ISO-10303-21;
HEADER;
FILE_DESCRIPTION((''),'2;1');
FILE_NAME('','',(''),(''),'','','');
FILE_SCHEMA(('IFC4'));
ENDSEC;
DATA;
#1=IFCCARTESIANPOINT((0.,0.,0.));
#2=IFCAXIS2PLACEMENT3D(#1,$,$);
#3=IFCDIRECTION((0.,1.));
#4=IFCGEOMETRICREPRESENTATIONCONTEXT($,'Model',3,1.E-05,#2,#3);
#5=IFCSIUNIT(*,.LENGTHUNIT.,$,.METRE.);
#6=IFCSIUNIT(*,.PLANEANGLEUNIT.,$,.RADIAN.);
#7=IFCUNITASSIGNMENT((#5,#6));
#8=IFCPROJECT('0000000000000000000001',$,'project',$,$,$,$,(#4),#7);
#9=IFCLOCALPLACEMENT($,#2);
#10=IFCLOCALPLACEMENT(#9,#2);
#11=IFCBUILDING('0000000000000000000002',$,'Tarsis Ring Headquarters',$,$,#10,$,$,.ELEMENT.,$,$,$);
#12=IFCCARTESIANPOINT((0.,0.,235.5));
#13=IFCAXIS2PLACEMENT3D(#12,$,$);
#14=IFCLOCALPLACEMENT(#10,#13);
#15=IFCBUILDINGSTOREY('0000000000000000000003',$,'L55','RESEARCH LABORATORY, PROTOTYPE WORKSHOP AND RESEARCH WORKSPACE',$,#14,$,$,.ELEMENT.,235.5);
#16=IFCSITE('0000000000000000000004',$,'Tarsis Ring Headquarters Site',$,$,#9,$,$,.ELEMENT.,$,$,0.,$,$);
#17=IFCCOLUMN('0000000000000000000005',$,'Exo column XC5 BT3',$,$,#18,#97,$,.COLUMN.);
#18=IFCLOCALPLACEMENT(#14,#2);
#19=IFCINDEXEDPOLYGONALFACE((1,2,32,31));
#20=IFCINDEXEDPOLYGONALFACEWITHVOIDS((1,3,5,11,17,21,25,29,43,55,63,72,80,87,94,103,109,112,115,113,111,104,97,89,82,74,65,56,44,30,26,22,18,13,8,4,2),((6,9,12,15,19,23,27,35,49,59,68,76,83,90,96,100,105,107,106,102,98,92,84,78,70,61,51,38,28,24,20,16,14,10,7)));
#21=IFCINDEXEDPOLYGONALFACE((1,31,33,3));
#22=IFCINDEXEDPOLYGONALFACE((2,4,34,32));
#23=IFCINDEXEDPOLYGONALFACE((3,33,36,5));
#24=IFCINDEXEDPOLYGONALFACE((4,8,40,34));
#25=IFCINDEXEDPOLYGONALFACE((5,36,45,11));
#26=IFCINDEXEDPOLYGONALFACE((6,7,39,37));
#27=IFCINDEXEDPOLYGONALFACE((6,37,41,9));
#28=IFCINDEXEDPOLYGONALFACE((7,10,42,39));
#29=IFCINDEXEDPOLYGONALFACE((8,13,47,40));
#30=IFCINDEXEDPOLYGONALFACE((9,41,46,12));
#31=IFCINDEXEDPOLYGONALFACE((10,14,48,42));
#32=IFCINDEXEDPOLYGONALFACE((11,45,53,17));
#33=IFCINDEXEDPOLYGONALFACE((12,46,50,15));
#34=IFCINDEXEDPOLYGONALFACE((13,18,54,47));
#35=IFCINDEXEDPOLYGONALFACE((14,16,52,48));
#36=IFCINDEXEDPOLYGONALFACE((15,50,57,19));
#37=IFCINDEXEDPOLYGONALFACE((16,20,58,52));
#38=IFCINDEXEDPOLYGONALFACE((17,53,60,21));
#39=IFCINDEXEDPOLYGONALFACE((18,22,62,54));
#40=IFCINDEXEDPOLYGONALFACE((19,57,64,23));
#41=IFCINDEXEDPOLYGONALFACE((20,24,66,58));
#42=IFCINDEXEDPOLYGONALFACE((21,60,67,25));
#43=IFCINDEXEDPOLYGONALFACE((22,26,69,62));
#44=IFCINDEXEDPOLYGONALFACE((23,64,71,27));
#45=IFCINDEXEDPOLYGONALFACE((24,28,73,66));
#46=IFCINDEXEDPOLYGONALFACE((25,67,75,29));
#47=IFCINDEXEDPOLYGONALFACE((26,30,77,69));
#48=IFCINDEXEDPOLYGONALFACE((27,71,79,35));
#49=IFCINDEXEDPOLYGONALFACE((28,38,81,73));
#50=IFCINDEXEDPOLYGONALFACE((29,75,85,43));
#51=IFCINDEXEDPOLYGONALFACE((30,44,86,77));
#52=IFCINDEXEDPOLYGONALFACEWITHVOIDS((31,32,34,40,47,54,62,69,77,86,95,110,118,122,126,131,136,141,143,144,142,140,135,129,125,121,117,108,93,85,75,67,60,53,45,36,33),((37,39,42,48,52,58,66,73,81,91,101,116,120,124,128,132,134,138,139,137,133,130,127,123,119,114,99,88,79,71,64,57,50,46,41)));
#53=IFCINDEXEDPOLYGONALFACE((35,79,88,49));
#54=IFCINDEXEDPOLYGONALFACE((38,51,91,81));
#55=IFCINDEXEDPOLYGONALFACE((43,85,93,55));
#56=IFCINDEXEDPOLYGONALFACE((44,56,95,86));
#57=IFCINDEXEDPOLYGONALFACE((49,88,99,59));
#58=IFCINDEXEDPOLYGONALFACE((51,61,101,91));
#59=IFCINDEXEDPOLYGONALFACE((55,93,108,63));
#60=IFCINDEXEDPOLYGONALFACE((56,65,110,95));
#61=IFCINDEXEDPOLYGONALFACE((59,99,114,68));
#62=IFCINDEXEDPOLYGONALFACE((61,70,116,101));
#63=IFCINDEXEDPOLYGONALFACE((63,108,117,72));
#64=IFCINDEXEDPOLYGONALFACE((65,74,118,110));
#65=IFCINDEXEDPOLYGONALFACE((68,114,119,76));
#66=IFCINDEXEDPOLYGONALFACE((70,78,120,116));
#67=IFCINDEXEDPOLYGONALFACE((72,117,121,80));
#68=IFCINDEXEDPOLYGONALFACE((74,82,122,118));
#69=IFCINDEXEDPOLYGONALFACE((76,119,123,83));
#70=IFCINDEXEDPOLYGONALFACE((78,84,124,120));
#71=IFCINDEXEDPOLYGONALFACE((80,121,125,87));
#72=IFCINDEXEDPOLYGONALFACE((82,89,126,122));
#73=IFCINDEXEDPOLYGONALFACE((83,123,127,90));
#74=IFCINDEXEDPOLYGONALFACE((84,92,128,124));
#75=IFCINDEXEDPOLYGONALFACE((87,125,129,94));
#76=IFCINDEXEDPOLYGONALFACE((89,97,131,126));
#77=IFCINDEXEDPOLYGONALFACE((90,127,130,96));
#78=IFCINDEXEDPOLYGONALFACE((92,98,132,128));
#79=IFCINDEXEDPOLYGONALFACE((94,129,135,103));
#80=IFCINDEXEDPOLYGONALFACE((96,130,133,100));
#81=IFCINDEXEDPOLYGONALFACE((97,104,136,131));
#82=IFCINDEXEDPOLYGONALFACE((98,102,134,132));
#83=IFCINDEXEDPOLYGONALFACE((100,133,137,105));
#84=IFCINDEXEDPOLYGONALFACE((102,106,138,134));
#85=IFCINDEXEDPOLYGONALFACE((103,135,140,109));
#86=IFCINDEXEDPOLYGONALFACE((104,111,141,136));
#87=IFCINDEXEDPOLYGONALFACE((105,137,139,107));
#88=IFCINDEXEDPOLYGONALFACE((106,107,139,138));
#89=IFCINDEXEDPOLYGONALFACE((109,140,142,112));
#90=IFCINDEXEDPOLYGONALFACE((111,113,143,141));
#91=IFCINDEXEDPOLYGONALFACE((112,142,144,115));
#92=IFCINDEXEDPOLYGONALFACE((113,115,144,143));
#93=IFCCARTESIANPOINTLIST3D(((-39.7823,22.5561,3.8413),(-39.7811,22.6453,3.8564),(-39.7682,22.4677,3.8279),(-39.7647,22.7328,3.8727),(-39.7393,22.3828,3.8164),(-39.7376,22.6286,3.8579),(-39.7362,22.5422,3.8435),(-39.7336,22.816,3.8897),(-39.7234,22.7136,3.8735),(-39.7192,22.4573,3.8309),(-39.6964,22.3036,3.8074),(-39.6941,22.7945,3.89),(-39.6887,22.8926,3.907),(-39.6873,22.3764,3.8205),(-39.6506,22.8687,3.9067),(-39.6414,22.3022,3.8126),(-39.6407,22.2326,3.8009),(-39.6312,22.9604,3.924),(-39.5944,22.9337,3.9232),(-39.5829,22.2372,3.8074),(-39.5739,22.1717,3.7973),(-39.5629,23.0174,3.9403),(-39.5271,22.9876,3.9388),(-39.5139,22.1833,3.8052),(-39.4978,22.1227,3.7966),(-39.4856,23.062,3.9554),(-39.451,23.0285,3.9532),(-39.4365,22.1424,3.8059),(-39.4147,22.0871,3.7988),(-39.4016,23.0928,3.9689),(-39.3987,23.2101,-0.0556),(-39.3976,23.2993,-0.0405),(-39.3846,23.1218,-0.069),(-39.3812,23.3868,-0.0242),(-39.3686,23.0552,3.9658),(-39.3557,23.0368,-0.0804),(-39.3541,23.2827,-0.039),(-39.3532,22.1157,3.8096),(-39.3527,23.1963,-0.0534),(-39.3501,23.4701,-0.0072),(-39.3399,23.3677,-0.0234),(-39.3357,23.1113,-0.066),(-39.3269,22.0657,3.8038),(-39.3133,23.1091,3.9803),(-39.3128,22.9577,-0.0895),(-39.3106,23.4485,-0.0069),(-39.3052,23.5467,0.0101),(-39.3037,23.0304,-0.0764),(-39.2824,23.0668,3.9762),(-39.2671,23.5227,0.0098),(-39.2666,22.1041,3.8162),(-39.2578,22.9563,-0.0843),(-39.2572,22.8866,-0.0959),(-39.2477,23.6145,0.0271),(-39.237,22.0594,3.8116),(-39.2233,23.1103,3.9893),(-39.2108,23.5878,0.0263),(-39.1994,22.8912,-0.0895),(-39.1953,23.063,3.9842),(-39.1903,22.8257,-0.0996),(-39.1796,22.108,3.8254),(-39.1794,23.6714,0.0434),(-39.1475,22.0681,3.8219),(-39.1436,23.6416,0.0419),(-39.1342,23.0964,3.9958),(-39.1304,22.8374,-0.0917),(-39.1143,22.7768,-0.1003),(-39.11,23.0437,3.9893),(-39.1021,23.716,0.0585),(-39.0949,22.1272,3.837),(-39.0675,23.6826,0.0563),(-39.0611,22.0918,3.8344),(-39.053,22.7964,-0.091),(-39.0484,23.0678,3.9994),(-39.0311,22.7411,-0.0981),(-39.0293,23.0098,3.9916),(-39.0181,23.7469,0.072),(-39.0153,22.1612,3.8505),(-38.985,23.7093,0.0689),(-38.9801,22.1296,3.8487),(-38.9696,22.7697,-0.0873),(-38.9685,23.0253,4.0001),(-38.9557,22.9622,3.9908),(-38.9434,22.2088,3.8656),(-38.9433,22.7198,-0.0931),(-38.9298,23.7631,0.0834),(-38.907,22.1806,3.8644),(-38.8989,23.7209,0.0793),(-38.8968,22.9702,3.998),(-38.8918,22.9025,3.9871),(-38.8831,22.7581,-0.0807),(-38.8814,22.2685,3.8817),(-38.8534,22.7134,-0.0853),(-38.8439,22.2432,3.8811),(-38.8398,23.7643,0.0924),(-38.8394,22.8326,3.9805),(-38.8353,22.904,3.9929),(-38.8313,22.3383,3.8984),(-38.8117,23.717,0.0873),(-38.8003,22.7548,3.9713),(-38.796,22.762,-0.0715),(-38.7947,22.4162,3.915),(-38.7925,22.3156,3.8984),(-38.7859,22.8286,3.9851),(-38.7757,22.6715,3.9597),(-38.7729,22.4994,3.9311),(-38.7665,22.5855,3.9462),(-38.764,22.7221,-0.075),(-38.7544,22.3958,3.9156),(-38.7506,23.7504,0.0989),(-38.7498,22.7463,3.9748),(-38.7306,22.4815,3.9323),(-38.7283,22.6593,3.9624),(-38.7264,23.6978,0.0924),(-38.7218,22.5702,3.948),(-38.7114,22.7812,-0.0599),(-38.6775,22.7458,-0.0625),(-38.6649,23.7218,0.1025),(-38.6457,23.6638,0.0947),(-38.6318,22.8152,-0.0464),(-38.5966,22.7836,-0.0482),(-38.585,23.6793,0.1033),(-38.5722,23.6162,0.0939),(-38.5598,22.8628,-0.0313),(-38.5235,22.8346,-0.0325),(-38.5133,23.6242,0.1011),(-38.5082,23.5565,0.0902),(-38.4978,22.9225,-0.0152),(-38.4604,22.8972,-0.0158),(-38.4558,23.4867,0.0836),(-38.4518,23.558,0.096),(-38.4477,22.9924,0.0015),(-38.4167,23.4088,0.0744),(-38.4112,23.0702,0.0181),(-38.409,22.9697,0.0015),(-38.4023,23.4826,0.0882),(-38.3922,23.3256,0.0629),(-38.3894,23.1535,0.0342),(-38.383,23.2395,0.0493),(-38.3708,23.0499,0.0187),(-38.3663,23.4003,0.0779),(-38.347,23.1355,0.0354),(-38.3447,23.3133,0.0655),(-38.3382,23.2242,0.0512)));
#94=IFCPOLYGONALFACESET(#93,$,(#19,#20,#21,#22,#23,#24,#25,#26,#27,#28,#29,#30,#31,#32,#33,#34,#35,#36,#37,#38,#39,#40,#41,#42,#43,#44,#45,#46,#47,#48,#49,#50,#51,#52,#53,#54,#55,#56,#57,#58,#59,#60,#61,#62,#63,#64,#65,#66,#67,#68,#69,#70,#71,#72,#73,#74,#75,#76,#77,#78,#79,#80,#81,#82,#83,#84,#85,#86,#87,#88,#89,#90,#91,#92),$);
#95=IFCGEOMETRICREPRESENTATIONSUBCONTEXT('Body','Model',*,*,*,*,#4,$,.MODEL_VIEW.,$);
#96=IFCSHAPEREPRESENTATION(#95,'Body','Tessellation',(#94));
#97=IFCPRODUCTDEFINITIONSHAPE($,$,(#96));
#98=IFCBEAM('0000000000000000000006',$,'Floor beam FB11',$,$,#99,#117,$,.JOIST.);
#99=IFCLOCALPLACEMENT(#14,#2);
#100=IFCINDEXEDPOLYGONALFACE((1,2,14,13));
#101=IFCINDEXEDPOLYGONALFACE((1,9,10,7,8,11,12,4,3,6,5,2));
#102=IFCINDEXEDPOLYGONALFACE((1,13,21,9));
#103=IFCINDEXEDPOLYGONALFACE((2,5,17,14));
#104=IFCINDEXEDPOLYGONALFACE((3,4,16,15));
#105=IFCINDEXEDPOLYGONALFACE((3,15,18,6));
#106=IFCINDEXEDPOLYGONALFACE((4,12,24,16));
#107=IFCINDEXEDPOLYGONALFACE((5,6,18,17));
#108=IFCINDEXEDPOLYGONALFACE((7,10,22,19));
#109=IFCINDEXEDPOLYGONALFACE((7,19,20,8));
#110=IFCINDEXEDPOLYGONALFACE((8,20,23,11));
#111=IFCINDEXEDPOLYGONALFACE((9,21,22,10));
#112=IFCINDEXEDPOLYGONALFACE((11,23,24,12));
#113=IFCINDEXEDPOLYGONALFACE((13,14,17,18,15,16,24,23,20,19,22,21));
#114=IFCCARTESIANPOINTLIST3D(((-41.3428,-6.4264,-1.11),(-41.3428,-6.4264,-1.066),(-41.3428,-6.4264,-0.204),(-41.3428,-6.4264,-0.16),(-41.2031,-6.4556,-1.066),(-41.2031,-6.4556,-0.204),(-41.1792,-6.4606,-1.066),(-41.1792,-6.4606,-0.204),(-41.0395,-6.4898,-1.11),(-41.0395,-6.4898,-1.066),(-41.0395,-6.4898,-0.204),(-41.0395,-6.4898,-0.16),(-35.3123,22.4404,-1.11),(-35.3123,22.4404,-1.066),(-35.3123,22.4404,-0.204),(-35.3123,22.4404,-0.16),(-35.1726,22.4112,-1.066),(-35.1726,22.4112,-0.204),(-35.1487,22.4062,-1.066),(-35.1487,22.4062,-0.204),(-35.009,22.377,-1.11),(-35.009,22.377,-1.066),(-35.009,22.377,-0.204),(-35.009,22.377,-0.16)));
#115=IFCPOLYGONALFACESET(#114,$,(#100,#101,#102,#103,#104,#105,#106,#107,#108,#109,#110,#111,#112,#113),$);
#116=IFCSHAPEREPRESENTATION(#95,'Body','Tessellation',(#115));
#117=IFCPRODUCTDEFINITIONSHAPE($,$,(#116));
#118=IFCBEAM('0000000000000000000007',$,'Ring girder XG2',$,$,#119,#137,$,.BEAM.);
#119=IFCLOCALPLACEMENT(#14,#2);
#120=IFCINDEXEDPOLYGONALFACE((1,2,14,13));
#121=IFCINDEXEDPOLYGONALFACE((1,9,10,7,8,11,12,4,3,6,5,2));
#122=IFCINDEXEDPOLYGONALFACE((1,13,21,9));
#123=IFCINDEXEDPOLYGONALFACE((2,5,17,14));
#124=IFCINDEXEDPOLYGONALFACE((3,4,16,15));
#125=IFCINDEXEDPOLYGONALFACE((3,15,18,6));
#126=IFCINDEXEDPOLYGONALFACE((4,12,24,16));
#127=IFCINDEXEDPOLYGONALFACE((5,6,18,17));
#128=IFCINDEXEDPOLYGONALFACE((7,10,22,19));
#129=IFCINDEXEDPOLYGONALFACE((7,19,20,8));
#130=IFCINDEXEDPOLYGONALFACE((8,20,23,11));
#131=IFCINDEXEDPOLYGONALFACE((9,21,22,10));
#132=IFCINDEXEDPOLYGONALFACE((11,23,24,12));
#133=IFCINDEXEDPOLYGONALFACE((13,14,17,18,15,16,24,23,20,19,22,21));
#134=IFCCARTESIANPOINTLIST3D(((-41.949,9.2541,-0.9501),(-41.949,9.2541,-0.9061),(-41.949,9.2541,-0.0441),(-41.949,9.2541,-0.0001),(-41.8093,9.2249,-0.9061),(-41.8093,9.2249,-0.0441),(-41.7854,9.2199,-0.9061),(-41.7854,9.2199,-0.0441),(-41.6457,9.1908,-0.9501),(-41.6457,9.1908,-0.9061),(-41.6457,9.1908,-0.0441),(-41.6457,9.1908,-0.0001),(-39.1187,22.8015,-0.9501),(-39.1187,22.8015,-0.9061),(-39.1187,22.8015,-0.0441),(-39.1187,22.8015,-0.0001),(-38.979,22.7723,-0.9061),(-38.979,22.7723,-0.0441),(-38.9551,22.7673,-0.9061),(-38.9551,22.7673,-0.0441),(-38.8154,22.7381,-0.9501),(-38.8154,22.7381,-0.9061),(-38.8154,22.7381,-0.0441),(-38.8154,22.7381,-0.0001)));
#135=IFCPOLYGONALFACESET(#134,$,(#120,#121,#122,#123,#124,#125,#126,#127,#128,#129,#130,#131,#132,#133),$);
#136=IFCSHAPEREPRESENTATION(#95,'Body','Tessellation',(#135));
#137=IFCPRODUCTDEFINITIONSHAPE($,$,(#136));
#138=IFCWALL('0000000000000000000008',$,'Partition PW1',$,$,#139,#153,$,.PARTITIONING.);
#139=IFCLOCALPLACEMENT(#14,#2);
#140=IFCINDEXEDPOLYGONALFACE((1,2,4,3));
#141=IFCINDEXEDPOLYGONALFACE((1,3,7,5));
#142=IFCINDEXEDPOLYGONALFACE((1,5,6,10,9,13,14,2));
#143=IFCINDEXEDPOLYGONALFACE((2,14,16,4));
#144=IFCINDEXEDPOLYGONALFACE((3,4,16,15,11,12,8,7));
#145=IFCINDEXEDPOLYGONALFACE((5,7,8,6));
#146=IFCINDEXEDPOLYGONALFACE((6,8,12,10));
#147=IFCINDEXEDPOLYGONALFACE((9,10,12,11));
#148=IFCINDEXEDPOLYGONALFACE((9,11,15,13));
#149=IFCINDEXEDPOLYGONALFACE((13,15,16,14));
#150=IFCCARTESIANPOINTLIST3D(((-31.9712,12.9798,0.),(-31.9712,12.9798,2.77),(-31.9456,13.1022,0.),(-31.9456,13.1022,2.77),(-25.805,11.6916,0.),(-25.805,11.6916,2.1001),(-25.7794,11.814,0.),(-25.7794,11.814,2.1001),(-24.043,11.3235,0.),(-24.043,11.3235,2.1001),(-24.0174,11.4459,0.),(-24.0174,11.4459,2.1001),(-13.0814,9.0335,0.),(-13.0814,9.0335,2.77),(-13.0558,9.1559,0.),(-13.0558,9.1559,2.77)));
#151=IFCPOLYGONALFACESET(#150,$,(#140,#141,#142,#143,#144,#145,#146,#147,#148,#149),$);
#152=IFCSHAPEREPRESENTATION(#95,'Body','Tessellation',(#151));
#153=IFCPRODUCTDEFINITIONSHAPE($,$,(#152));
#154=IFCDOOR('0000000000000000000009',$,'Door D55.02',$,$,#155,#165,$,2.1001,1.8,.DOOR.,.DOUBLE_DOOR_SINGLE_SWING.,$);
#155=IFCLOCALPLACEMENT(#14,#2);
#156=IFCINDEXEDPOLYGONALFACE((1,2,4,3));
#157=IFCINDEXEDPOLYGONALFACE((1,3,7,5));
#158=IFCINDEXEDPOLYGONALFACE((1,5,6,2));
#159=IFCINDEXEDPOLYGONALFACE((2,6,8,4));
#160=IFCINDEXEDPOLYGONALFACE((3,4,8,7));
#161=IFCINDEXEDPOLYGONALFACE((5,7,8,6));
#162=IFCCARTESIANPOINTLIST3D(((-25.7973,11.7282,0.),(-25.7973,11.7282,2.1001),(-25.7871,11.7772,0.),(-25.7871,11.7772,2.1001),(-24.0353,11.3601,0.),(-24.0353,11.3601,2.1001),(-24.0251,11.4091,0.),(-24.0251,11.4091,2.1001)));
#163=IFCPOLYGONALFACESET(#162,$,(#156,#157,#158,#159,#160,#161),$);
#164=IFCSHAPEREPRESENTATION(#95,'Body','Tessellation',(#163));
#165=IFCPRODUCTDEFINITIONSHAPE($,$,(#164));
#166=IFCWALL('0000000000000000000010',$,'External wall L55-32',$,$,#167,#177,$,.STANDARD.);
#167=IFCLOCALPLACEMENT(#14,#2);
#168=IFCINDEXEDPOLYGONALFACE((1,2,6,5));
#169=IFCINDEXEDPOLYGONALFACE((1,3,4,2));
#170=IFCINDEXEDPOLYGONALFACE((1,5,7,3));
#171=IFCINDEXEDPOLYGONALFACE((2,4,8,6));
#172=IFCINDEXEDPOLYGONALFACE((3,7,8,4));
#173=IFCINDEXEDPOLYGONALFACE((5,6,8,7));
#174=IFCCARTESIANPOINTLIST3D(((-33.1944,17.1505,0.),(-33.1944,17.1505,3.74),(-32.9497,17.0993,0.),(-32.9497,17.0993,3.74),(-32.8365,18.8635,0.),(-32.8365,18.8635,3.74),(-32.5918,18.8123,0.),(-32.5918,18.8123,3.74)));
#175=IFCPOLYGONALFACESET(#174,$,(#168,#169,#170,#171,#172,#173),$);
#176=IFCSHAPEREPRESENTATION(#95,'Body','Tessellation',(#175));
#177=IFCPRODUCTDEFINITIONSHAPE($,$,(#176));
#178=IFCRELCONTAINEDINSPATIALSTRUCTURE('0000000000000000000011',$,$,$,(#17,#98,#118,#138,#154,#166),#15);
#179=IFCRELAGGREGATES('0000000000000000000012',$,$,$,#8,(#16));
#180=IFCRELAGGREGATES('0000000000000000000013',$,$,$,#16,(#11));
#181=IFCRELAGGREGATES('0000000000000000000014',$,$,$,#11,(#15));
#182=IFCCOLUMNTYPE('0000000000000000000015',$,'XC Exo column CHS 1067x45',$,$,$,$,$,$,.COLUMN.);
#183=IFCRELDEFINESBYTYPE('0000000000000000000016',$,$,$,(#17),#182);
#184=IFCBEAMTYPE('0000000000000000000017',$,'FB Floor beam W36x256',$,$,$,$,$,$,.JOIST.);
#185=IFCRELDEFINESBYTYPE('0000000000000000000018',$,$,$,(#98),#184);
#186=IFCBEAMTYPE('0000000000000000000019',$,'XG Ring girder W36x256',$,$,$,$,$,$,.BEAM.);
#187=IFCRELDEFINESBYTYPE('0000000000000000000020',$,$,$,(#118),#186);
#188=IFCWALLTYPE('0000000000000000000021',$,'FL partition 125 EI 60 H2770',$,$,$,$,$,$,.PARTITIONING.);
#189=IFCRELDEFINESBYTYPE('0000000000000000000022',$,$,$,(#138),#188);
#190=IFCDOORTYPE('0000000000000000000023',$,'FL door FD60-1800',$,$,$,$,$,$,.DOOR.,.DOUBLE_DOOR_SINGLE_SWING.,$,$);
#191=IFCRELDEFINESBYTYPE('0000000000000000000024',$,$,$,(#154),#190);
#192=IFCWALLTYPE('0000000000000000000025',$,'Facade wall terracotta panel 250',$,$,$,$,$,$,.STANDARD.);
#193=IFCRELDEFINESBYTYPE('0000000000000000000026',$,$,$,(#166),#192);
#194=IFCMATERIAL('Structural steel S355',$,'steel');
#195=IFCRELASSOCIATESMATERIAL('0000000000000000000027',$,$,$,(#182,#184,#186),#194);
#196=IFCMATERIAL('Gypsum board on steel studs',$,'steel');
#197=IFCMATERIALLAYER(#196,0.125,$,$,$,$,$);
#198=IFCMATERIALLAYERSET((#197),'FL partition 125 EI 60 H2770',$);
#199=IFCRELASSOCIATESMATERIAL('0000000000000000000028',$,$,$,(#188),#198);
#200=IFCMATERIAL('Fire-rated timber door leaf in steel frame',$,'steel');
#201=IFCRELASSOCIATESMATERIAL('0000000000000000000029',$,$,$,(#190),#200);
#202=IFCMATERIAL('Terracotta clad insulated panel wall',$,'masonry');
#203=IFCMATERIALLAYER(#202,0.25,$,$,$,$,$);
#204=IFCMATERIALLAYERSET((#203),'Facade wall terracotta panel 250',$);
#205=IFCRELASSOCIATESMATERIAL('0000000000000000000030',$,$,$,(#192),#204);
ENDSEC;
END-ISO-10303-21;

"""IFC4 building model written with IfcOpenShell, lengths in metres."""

from ifc_helpers import new_model, si_unit, direction, frame, frame_2d, origin, origin_2d, place, context, subcontext, project, spatial, rectangle, hollow_circle, i_section, extrude, material, layer, layer_set, material_profile, profile_set, type_object, element, fill, save


model = new_model("IFC4")

# Units and contexts
model_context = context("Model", 3, precision=1e-05, world=origin(), true_north=direction((0.0, 1.0)))
body_context = subcontext(model_context, "Body", "Model", "MODEL_VIEW")
ifc_project = project(units=[si_unit("LENGTHUNIT", "METRE"), si_unit("PLANEANGLEUNIT", "RADIAN")], contexts=[model_context])

# Site, building, storey
site_placement = place(None, origin())
site = spatial("IfcSite", under=ifc_project, at=site_placement, Name="Tarsis Ring Headquarters Site", CompositionType="ELEMENT", RefElevation=0.0)
building_placement = place(site_placement, origin())
building = spatial("IfcBuilding", under=site, at=building_placement, Name="Tarsis Ring Headquarters", CompositionType="ELEMENT")
storey_placement = place(building_placement, frame((0.0, 0.0, 235.5)))
storey = spatial("IfcBuildingStorey", under=building, at=storey_placement, Name="L55", Description="RESEARCH LABORATORY, PROTOTYPE WORKSHOP AND RESEARCH WORKSPACE", CompositionType="ELEMENT", Elevation=235.5)

# Column
ifc_material_1 = material(Name="Structural steel S355", Category="steel")
ifc_material_profile_1 = material_profile(ifc_material_1, hollow_circle(Radius=0.5334, WallThickness=0.0449, at=origin_2d()), Name="CHS 1067x45")
ifc_profile_set_1 = profile_set([ifc_material_profile_1], Name="Structural steel S355")
column_type = type_object("IfcColumnType", Name="XC Exo column CHS 1067x45", PredefinedType="COLUMN", material=ifc_profile_set_1)
column_placement = place(storey_placement, frame((-38.8691, 23.2395, 0.0015), z_axis=(-0.09661, -0.164747, 0.981593), x_axis=(0.86262, -0.505852, 0.0)))
element("IfcColumn", 1, at=column_placement, inside=storey, type_object=column_type, Name="Exo column XC5 BT3", PredefinedType="COLUMN", context=body_context, shape_type="SweptSolid", body=[
    extrude(hollow_circle(Radius=0.5334, WallThickness=0.0449, at=origin_2d()), origin(), (0.0, 0.0, 1.0), 3.97),
])

# Beams
ifc_material_profile_2 = material_profile(ifc_material_1, i_section(OverallWidth=0.3098, OverallDepth=0.95, WebThickness=0.0244, FlangeThickness=0.0439, at=origin_2d()), Name="W36x256")
ifc_profile_set_2 = profile_set([ifc_material_profile_2], Name="Structural steel S355")
beam_type_1 = type_object("IfcBeamType", Name="FB Floor beam W36x256", PredefinedType="JOIST", material=ifc_profile_set_2)
beam_1_placement = place(storey_placement, frame((-35.1606, 22.4087, -0.635), z_axis=(-0.204494, -0.978868, 0.0), x_axis=(0.978868, -0.204494, 0.0)))
element("IfcBeam", 2, at=beam_1_placement, inside=storey, type_object=beam_type_1, Name="Floor beam FB11", PredefinedType="JOIST", context=body_context, shape_type="SweptSolid", body=[
    extrude(i_section(OverallWidth=0.3098, OverallDepth=0.95, WebThickness=0.0244, FlangeThickness=0.0439, at=origin_2d()), origin(), (0.0, 0.0, 1.0), 29.49),
])
beam_type_2 = type_object("IfcBeamType", Name="XG Ring girder W36x256", PredefinedType="BEAM", material=ifc_profile_set_2)
beam_2_placement = place(storey_placement, frame((-38.967, 22.7698, -0.4751), z_axis=(-0.204505, -0.978865, 0.0), x_axis=(0.978865, -0.204505, 0.0)))
element("IfcBeam", 3, at=beam_2_placement, inside=storey, type_object=beam_type_2, Name="Ring girder XG2", PredefinedType="BEAM", context=body_context, shape_type="SweptSolid", body=[
    extrude(i_section(OverallWidth=0.3098, OverallDepth=0.95, WebThickness=0.0244, FlangeThickness=0.0439, at=origin_2d()), origin(), (0.0, 0.0, 1.0), 13.8398),
])

# Wall, opening, door
ifc_material_2 = material(Name="Gypsum board on steel studs", Category="steel")
ifc_layer_1 = layer(ifc_material_2, 0.125)
ifc_layer_set_1 = layer_set([ifc_layer_1], Name="FL partition 125 EI 60 H2770")
wall_type_1 = type_object("IfcWallType", Name="FL partition 125 EI 60 H2770", PredefinedType="PARTITIONING", material=ifc_layer_set_1)
wall_1_placement = place(storey_placement, frame((-31.9585, 13.041, 0.0), z_axis=(0.0, 0.0, 1.0), x_axis=(0.978868, -0.204495, 0.0)))
wall_1 = element("IfcWall", 4, at=wall_1_placement, inside=storey, type_object=wall_type_1, Name="Partition PW1", PredefinedType="PARTITIONING", context=body_context, shape_type="SweptSolid", body=[
    extrude(rectangle(XDim=19.2976, YDim=0.125, at=frame_2d((9.6489, 0.0))), origin(), (0.0, 0.0, 1.0), 2.77),
])
opening_1_placement = place(wall_1_placement, frame((6.2996, 0.0, 0.0)))
opening_1 = element("IfcOpeningElement", 5, at=opening_1_placement, cuts=wall_1, PredefinedType="OPENING", context=body_context, shape_type="SweptSolid", body=[
    extrude(rectangle(XDim=1.8, YDim=2.1001, at=frame_2d((0.8999, 1.05))), frame((0.0, 0.0725, 0.0), z_axis=(0.0, -1.0, 0.0), x_axis=(1.0, 0.0, 0.0)), (0.0, 0.0, 1.0), 0.145),
])
ifc_material_3 = material(Name="Fire-rated timber door leaf in steel frame", Category="steel")
door_type = type_object("IfcDoorType", Name="FL door FD60-1800", OperationType="DOUBLE_DOOR_SINGLE_SWING", PredefinedType="DOOR", material=ifc_material_3)
door_placement = place(opening_1_placement, origin())
door = element("IfcDoor", 6, at=door_placement, inside=storey, type_object=door_type, Name="Door D55.02", OperationType="DOUBLE_DOOR_SINGLE_SWING", OverallHeight=2.1001, OverallWidth=1.8, PredefinedType="DOOR", context=body_context, shape_type="SweptSolid", body=[
    extrude(rectangle(XDim=1.8, YDim=2.1001, at=frame_2d((0.8999, 1.05))), frame((0.0, 0.0249, 0.0), z_axis=(0.0, -1.0, 0.0), x_axis=(1.0, 0.0, 0.0)), (0.0, 0.0, 1.0), 0.05),
])
fill(opening_1, door)

# Wall
ifc_material_4 = material(Name="Terracotta clad insulated panel wall", Category="masonry")
ifc_layer_2 = layer(ifc_material_4, 0.25)
ifc_layer_set_2 = layer_set([ifc_layer_2], Name="Facade wall terracotta panel 250")
wall_type_2 = type_object("IfcWallType", Name="Facade wall terracotta panel 250", PredefinedType="STANDARD", material=ifc_layer_set_2)
wall_2_placement = place(storey_placement, frame((-32.7141, 18.8379, 0.0), z_axis=(0.0, 0.0, 1.0), x_axis=(-0.204534, -0.97886, 0.0)))
element("IfcWall", 7, at=wall_2_placement, inside=storey, type_object=wall_type_2, Name="External wall L55-32", PredefinedType="STANDARD", context=body_context, shape_type="SweptSolid", body=[
    extrude(rectangle(XDim=1.75, YDim=0.25, at=frame_2d((0.875, 0.0))), origin(), (0.0, 0.0, 1.0), 3.74),
])

save(model, "model.ifc")
